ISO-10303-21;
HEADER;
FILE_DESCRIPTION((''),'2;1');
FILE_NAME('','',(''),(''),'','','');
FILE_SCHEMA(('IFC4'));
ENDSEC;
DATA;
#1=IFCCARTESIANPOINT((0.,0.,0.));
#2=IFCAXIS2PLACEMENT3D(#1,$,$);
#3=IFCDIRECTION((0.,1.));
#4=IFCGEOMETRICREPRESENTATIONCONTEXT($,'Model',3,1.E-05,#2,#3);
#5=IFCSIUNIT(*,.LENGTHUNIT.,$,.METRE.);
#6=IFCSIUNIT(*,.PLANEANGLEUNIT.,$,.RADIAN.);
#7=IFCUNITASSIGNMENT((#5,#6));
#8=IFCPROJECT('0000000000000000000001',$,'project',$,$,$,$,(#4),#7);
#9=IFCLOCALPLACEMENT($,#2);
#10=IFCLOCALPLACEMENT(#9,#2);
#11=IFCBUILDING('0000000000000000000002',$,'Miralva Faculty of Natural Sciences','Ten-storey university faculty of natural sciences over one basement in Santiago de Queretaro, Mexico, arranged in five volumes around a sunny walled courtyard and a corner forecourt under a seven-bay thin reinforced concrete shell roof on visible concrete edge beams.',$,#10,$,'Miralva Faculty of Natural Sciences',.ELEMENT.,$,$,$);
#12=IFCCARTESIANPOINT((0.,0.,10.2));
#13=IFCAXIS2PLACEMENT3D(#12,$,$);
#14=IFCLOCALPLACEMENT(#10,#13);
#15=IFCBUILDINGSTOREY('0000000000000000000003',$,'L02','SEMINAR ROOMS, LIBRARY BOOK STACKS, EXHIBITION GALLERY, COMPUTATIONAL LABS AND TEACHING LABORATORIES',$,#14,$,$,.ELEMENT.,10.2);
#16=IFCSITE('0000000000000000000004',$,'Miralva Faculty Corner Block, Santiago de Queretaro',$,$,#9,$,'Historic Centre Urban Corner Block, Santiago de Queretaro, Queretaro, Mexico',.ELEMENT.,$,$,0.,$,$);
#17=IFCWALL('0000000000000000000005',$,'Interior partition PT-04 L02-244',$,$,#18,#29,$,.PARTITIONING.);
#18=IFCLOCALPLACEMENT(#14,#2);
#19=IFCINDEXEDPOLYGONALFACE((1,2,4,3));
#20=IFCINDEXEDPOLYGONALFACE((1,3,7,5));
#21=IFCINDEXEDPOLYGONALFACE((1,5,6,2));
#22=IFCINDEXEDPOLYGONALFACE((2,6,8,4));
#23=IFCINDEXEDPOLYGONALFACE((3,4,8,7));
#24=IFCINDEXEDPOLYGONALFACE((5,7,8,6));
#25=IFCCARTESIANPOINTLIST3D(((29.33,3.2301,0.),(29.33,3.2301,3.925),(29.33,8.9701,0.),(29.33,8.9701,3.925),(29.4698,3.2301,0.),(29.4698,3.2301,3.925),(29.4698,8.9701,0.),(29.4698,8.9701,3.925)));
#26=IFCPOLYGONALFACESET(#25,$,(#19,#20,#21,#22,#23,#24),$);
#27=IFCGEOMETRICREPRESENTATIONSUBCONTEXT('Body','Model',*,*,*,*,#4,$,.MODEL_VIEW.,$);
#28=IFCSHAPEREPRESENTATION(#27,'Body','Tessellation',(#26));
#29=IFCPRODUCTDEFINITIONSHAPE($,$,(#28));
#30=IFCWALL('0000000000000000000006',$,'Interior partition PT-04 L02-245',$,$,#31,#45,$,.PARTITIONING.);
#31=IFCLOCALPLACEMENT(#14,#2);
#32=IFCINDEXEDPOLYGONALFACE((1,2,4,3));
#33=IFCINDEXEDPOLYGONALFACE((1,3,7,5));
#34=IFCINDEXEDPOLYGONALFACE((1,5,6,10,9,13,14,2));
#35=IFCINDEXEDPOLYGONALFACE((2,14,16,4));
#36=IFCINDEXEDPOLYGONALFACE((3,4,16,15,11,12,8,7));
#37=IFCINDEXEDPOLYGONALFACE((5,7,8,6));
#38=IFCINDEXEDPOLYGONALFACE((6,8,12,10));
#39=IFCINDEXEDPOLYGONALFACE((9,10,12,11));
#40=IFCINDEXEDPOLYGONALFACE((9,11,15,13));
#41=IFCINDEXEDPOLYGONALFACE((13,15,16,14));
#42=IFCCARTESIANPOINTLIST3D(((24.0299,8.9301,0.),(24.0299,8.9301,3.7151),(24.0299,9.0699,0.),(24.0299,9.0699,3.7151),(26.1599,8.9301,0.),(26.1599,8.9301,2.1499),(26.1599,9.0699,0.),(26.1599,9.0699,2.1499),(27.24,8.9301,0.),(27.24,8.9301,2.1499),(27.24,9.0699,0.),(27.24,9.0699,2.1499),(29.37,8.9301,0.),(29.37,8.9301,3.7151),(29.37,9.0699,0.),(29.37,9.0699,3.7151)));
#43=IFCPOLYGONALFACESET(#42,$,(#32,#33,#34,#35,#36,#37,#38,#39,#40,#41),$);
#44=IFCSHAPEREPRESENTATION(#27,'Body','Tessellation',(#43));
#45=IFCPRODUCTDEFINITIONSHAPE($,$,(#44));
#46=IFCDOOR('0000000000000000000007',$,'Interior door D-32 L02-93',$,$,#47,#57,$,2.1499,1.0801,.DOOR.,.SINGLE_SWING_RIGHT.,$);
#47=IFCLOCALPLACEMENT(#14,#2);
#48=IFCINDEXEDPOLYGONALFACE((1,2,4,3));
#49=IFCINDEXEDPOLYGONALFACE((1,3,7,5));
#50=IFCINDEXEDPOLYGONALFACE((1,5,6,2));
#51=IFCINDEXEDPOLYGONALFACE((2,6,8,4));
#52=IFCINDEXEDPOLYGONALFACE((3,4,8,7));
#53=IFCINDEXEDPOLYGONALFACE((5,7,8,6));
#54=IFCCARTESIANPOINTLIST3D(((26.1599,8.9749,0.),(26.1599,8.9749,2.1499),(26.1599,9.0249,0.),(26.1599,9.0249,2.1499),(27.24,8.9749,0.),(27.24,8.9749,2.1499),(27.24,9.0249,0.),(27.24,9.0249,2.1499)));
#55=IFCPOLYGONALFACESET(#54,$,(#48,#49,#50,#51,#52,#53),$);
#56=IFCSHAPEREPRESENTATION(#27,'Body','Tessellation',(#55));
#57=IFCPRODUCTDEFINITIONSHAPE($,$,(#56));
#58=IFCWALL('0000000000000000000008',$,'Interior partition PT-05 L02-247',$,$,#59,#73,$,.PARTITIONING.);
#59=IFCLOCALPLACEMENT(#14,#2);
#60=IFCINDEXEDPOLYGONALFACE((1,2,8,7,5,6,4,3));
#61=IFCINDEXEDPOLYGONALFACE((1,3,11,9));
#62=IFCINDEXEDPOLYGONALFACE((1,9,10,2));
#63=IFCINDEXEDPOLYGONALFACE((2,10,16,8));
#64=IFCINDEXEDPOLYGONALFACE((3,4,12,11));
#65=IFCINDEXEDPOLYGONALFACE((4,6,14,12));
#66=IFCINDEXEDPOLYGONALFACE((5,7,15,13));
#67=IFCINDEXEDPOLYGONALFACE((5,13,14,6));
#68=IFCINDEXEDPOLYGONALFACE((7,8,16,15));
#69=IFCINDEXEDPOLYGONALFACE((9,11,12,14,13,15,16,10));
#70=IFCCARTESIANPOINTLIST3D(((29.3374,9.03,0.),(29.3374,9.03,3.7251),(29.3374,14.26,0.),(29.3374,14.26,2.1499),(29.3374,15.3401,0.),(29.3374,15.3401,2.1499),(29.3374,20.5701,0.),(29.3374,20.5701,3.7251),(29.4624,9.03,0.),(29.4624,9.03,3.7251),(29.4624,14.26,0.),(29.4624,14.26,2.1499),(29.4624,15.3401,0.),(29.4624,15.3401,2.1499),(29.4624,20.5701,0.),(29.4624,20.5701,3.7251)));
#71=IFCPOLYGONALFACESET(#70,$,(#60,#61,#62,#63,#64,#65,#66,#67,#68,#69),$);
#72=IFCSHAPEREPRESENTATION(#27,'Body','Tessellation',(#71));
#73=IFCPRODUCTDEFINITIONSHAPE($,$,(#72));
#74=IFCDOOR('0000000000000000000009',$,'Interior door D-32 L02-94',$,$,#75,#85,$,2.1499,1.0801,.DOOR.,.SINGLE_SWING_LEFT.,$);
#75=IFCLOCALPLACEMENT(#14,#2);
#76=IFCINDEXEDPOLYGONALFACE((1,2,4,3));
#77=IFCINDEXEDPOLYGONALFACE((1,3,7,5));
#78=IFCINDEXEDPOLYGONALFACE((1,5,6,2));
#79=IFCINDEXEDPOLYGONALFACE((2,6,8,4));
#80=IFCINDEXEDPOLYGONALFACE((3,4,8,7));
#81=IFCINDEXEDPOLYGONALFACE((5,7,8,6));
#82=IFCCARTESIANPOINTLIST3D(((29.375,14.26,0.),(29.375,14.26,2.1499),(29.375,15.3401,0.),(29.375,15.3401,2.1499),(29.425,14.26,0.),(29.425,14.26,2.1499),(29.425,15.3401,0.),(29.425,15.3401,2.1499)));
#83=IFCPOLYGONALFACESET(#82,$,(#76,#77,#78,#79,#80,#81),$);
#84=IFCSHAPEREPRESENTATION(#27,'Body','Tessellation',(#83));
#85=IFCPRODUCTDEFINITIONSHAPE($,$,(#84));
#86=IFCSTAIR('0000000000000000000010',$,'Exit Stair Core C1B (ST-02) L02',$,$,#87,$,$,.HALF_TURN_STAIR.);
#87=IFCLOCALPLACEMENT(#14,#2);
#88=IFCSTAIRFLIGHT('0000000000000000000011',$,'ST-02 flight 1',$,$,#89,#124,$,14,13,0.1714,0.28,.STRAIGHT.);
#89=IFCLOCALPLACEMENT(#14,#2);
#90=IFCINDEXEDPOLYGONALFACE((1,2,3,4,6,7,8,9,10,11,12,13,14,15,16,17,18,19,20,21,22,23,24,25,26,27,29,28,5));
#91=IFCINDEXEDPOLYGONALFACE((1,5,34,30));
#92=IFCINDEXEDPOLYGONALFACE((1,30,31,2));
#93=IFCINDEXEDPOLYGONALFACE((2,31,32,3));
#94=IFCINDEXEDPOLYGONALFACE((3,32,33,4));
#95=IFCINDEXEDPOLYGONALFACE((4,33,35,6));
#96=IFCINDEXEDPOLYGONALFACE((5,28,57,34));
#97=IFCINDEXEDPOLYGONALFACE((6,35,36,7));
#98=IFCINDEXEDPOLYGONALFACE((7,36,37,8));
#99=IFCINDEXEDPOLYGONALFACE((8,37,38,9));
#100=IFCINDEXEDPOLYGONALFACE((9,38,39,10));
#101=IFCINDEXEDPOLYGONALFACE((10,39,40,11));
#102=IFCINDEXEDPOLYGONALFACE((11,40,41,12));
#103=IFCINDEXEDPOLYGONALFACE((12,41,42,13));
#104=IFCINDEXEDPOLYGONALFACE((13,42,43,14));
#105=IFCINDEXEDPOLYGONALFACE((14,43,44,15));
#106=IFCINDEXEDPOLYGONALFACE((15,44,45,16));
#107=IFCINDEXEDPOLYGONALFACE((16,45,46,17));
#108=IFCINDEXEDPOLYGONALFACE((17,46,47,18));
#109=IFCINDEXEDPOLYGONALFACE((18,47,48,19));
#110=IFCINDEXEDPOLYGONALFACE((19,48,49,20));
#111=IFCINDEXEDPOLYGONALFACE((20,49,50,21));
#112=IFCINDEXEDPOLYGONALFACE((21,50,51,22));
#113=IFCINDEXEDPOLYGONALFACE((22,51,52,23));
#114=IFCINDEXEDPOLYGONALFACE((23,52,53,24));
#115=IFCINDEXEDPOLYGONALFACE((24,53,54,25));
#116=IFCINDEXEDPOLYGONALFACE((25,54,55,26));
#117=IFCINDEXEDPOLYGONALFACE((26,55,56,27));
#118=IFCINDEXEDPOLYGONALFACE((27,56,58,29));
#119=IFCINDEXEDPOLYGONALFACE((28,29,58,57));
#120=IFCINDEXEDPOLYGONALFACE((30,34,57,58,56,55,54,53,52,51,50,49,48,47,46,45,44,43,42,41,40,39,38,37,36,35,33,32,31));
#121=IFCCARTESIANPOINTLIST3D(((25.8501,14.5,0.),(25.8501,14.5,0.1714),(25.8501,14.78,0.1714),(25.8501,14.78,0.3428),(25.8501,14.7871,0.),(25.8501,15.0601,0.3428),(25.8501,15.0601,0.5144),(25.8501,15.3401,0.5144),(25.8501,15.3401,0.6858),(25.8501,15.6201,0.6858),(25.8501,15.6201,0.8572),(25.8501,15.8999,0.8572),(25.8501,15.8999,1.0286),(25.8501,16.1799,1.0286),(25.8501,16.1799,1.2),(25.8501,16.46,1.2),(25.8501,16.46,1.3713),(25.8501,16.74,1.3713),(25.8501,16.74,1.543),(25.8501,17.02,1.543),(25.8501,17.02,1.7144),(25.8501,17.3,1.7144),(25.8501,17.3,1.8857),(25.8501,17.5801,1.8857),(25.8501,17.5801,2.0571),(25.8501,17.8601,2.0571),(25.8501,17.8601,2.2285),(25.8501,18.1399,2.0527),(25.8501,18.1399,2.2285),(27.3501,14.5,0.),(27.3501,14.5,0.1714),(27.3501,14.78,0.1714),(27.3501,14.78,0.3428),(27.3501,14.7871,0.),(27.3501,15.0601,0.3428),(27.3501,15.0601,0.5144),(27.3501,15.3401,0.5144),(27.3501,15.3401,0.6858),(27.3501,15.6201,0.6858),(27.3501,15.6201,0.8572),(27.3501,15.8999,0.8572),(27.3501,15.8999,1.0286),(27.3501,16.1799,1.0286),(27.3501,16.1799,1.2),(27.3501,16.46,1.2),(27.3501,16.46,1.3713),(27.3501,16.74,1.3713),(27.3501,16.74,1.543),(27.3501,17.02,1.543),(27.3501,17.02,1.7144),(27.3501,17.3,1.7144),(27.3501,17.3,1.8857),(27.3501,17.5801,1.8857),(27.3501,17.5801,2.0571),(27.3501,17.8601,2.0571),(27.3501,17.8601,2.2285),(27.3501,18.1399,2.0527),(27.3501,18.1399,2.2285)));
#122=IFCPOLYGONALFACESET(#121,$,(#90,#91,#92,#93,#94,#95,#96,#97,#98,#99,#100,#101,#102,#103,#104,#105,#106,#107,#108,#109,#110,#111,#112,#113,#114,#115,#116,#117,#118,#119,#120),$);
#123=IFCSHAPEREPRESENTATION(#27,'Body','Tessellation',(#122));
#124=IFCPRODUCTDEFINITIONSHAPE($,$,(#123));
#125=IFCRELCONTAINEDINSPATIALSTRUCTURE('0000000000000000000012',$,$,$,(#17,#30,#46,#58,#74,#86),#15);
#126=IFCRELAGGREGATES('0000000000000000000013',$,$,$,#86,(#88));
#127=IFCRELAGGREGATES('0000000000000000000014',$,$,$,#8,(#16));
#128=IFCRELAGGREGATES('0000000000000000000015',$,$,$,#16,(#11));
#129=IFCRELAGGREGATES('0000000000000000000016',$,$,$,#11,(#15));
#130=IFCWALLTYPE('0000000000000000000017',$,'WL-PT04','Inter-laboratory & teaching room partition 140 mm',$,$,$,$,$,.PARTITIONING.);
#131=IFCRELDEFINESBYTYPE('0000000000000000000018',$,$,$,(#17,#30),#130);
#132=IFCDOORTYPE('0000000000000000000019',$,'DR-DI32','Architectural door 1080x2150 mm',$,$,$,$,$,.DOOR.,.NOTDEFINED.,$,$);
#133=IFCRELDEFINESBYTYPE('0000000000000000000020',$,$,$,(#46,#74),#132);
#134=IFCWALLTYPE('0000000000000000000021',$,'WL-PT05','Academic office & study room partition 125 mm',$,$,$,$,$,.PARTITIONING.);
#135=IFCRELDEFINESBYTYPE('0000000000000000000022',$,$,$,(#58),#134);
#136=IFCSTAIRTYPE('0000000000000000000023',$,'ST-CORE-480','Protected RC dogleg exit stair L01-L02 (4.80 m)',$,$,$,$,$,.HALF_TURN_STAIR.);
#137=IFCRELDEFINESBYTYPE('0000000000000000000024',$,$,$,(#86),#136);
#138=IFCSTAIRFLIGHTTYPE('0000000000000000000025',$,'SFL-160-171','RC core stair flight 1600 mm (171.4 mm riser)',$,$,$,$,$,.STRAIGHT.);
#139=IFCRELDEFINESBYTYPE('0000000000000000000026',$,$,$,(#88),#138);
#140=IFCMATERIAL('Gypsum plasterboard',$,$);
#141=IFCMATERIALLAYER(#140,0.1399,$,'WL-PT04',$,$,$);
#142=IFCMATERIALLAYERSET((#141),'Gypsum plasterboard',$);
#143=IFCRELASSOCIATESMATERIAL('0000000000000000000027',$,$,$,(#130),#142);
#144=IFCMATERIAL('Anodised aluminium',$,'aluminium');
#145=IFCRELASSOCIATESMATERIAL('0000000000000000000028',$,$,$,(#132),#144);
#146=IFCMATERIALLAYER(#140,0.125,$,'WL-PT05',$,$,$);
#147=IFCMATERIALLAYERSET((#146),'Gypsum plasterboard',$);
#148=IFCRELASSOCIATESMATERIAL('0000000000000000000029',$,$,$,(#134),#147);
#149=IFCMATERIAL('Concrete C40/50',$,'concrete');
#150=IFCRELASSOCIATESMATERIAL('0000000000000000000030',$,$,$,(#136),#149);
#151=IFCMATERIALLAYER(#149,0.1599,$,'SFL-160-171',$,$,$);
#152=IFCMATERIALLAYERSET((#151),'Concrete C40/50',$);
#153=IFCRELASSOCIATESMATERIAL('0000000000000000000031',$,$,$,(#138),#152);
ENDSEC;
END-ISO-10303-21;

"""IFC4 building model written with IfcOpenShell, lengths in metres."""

from ifc_helpers import new_model, si_unit, direction, frame, frame_2d, origin, place, context, subcontext, project, spatial, polyline, rectangle, outline, extrude, material, layer, layer_set, type_object, element, fill, aggregate, save


model = new_model("IFC4")

# Units and contexts
model_context = context("Model", 3, precision=1e-05, world=origin(), true_north=direction((0.0, 1.0)))
body_context = subcontext(model_context, "Body", "Model", "MODEL_VIEW")
ifc_project = project(units=[si_unit("LENGTHUNIT", "METRE"), si_unit("PLANEANGLEUNIT", "RADIAN")], contexts=[model_context])

# Site, building, storey
site_placement = place(None, origin())
site = spatial("IfcSite", under=ifc_project, at=site_placement, Name="Miralva Faculty Corner Block, Santiago de Queretaro", LongName="Historic Centre Urban Corner Block, Santiago de Queretaro, Queretaro, Mexico", CompositionType="ELEMENT", RefElevation=0.0)
building_placement = place(site_placement, origin())
building = spatial("IfcBuilding", under=site, at=building_placement, Name="Miralva Faculty of Natural Sciences", Description="Ten-storey university faculty of natural sciences over one basement in Santiago de Queretaro, Mexico, arranged in five volumes around a sunny walled courtyard and a corner forecourt under a seven-bay thin reinforced concrete shell roof on visible concrete edge beams.", LongName="Miralva Faculty of Natural Sciences", CompositionType="ELEMENT")
storey_placement = place(building_placement, frame((0.0, 0.0, 10.2)))
storey = spatial("IfcBuildingStorey", under=building, at=storey_placement, Name="L02", Description="SEMINAR ROOMS, LIBRARY BOOK STACKS, EXHIBITION GALLERY, COMPUTATIONAL LABS AND TEACHING LABORATORIES", CompositionType="ELEMENT", Elevation=10.2)

# Shared definitions
ifc_material_1 = material(Name="Concrete C40/50", Category="concrete")

# Shared definitions
ifc_material_2 = material(Name="Anodised aluminium", Category="aluminium")

# Wall
ifc_material_3 = material(Name="Gypsum plasterboard")
ifc_layer_1 = layer(ifc_material_3, 0.1399, Name="WL-PT04")
ifc_layer_set_1 = layer_set([ifc_layer_1], Name="Gypsum plasterboard")
wall_type_1 = type_object("IfcWallType", Name="WL-PT04", Description="Inter-laboratory & teaching room partition 140 mm", PredefinedType="PARTITIONING", material=ifc_layer_set_1)
wall_1_placement = place(storey_placement, frame((29.3999, 3.23, 0.0), z_axis=(0.0, 0.0, 1.0), x_axis=(0.0, 1.0, 0.0)))
element("IfcWall", 1, at=wall_1_placement, inside=storey, type_object=wall_type_1, Name="Interior partition PT-04 L02-244", PredefinedType="PARTITIONING", context=body_context, shape_type="SweptSolid", body=[
    extrude(rectangle(XDim=5.74, YDim=0.1399, at=frame_2d((2.8701, 0.0))), origin(), (0.0, 0.0, 1.0), 3.925),
])

# Walls, openings, doors
wall_2_placement = place(storey_placement, frame((24.03, 9.0, 0.0), z_axis=(0.0, 0.0, 1.0), x_axis=(1.0, 0.0, 0.0)))
wall_2 = element("IfcWall", 2, at=wall_2_placement, inside=storey, type_object=wall_type_1, Name="Interior partition PT-04 L02-245", PredefinedType="PARTITIONING", context=body_context, shape_type="SweptSolid", body=[
    extrude(rectangle(XDim=5.3401, YDim=0.1399, at=frame_2d((2.6699, 0.0))), origin(), (0.0, 0.0, 1.0), 3.7151),
])
opening_1_placement = place(wall_2_placement, frame((2.1299, 0.0, 0.0)))
opening_1 = element("IfcOpeningElement", 3, at=opening_1_placement, cuts=wall_2, PredefinedType="OPENING", context=body_context, shape_type="SweptSolid", body=[
    extrude(rectangle(XDim=1.0801, YDim=2.1499, at=frame_2d((0.54, 1.075))), frame((0.0, 0.0798, 0.0), z_axis=(0.0, -1.0, 0.0), x_axis=(1.0, 0.0, 0.0)), (0.0, 0.0, 1.0), 0.1599),
])
door_type_1 = type_object("IfcDoorType", Name="DR-DI32", Description="Architectural door 1080x2150 mm", OperationType="NOTDEFINED", PredefinedType="DOOR", material=ifc_material_2)
door_1_placement = place(opening_1_placement, origin())
door_1 = element("IfcDoor", 4, at=door_1_placement, inside=storey, type_object=door_type_1, Name="Interior door D-32 L02-93", OperationType="SINGLE_SWING_RIGHT", OverallHeight=2.1499, OverallWidth=1.0801, PredefinedType="DOOR", context=body_context, shape_type="SweptSolid", body=[
    extrude(rectangle(XDim=1.0801, YDim=2.1499, at=frame_2d((0.54, 1.075))), frame((0.0, 0.0249, 0.0), z_axis=(0.0, -1.0, 0.0), x_axis=(1.0, 0.0, 0.0)), (0.0, 0.0, 1.0), 0.05),
])
fill(opening_1, door_1)
ifc_layer_2 = layer(ifc_material_3, 0.125, Name="WL-PT05")
ifc_layer_set_2 = layer_set([ifc_layer_2], Name="Gypsum plasterboard")
wall_type_2 = type_object("IfcWallType", Name="WL-PT05", Description="Academic office & study room partition 125 mm", PredefinedType="PARTITIONING", material=ifc_layer_set_2)
wall_3_placement = place(storey_placement, frame((29.3999, 9.03, 0.0), z_axis=(0.0, 0.0, 1.0), x_axis=(0.0, 1.0, 0.0)))
wall_3 = element("IfcWall", 5, at=wall_3_placement, inside=storey, type_object=wall_type_2, Name="Interior partition PT-05 L02-247", PredefinedType="PARTITIONING", context=body_context, shape_type="SweptSolid", body=[
    extrude(rectangle(XDim=11.54, YDim=0.125, at=frame_2d((5.77, 0.0))), origin(), (0.0, 0.0, 1.0), 3.7251),
])
opening_2_placement = place(wall_3_placement, frame((5.23, 0.0, 0.0)))
opening_2 = element("IfcOpeningElement", 6, at=opening_2_placement, cuts=wall_3, PredefinedType="OPENING", context=body_context, shape_type="SweptSolid", body=[
    extrude(rectangle(XDim=1.0801, YDim=2.1499, at=frame_2d((0.54, 1.075))), frame((0.0, 0.0725, 0.0), z_axis=(0.0, -1.0, 0.0), x_axis=(1.0, 0.0, 0.0)), (0.0, 0.0, 1.0), 0.145),
])
door_2_placement = place(opening_2_placement, origin())
door_2 = element("IfcDoor", 7, at=door_2_placement, inside=storey, type_object=door_type_1, Name="Interior door D-32 L02-94", OperationType="SINGLE_SWING_LEFT", OverallHeight=2.1499, OverallWidth=1.0801, PredefinedType="DOOR", context=body_context, shape_type="SweptSolid", body=[
    extrude(rectangle(XDim=1.0801, YDim=2.1499, at=frame_2d((0.54, 1.075))), frame((0.0, 0.0249, 0.0), z_axis=(0.0, -1.0, 0.0), x_axis=(1.0, 0.0, 0.0)), (0.0, 0.0, 1.0), 0.05),
])
fill(opening_2, door_2)

# Stair, stair flight
stair_type = type_object("IfcStairType", Name="ST-CORE-480", Description="Protected RC dogleg exit stair L01-L02 (4.80 m)", PredefinedType="HALF_TURN_STAIR", material=ifc_material_1)
stair_placement = place(storey_placement, origin())
stair = element("IfcStair", 8, at=stair_placement, inside=storey, type_object=stair_type, Name="Exit Stair Core C1B (ST-02) L02", PredefinedType="HALF_TURN_STAIR")
ifc_layer_3 = layer(ifc_material_1, 0.1599, Name="SFL-160-171")
ifc_layer_set_3 = layer_set([ifc_layer_3], Name="Concrete C40/50")
stair_flight_type = type_object("IfcStairFlightType", Name="SFL-160-171", Description="RC core stair flight 1600 mm (171.4 mm riser)", PredefinedType="STRAIGHT", material=ifc_layer_set_3)
stair_flight_placement = place(storey_placement, frame((26.6001, 14.5, 0.0), z_axis=(0.0, 0.0, 1.0), x_axis=(0.0, 1.0, 0.0)))
stair_flight = element("IfcStairFlight", 9, at=stair_flight_placement, type_object=stair_flight_type, Name="ST-02 flight 1", NumberOfRisers=14, NumberOfTreads=13, PredefinedType="STRAIGHT", RiserHeight=0.1714, TreadLength=0.28, context=body_context, shape_type="SweptSolid", body=[
    extrude(outline(polyline([(0.0, 0.0), (0.0, 0.1714), (0.28, 0.1714), (0.28, 0.3428), (0.5601, 0.3428), (0.5601, 0.5144), (0.8401, 0.5144), (0.8401, 0.6858), (1.1201, 0.6858), (1.1201, 0.8572), (1.3999, 0.8572), (1.3999, 1.0286), (1.6799, 1.0286), (1.6799, 1.2), (1.96, 1.2), (1.96, 1.3713), (2.24, 1.3713), (2.24, 1.543), (2.52, 1.543), (2.52, 1.7144), (2.8, 1.7144), (2.8, 1.8857), (3.0801, 1.8857), (3.0801, 2.0571), (3.3601, 2.0571), (3.3601, 2.2285), (3.6399, 2.2285), (3.6399, 2.3999), (3.6399, 2.0527), (0.2871, 0.0), (0.0, 0.0)])), frame((0.0, 0.75, 0.0), z_axis=(0.0, -1.0, 0.0), x_axis=(1.0, 0.0, 0.0)), (0.0, 0.0, 1.0), 1.5),
])
aggregate(stair, [stair_flight])

save(model, "model.ifc")
